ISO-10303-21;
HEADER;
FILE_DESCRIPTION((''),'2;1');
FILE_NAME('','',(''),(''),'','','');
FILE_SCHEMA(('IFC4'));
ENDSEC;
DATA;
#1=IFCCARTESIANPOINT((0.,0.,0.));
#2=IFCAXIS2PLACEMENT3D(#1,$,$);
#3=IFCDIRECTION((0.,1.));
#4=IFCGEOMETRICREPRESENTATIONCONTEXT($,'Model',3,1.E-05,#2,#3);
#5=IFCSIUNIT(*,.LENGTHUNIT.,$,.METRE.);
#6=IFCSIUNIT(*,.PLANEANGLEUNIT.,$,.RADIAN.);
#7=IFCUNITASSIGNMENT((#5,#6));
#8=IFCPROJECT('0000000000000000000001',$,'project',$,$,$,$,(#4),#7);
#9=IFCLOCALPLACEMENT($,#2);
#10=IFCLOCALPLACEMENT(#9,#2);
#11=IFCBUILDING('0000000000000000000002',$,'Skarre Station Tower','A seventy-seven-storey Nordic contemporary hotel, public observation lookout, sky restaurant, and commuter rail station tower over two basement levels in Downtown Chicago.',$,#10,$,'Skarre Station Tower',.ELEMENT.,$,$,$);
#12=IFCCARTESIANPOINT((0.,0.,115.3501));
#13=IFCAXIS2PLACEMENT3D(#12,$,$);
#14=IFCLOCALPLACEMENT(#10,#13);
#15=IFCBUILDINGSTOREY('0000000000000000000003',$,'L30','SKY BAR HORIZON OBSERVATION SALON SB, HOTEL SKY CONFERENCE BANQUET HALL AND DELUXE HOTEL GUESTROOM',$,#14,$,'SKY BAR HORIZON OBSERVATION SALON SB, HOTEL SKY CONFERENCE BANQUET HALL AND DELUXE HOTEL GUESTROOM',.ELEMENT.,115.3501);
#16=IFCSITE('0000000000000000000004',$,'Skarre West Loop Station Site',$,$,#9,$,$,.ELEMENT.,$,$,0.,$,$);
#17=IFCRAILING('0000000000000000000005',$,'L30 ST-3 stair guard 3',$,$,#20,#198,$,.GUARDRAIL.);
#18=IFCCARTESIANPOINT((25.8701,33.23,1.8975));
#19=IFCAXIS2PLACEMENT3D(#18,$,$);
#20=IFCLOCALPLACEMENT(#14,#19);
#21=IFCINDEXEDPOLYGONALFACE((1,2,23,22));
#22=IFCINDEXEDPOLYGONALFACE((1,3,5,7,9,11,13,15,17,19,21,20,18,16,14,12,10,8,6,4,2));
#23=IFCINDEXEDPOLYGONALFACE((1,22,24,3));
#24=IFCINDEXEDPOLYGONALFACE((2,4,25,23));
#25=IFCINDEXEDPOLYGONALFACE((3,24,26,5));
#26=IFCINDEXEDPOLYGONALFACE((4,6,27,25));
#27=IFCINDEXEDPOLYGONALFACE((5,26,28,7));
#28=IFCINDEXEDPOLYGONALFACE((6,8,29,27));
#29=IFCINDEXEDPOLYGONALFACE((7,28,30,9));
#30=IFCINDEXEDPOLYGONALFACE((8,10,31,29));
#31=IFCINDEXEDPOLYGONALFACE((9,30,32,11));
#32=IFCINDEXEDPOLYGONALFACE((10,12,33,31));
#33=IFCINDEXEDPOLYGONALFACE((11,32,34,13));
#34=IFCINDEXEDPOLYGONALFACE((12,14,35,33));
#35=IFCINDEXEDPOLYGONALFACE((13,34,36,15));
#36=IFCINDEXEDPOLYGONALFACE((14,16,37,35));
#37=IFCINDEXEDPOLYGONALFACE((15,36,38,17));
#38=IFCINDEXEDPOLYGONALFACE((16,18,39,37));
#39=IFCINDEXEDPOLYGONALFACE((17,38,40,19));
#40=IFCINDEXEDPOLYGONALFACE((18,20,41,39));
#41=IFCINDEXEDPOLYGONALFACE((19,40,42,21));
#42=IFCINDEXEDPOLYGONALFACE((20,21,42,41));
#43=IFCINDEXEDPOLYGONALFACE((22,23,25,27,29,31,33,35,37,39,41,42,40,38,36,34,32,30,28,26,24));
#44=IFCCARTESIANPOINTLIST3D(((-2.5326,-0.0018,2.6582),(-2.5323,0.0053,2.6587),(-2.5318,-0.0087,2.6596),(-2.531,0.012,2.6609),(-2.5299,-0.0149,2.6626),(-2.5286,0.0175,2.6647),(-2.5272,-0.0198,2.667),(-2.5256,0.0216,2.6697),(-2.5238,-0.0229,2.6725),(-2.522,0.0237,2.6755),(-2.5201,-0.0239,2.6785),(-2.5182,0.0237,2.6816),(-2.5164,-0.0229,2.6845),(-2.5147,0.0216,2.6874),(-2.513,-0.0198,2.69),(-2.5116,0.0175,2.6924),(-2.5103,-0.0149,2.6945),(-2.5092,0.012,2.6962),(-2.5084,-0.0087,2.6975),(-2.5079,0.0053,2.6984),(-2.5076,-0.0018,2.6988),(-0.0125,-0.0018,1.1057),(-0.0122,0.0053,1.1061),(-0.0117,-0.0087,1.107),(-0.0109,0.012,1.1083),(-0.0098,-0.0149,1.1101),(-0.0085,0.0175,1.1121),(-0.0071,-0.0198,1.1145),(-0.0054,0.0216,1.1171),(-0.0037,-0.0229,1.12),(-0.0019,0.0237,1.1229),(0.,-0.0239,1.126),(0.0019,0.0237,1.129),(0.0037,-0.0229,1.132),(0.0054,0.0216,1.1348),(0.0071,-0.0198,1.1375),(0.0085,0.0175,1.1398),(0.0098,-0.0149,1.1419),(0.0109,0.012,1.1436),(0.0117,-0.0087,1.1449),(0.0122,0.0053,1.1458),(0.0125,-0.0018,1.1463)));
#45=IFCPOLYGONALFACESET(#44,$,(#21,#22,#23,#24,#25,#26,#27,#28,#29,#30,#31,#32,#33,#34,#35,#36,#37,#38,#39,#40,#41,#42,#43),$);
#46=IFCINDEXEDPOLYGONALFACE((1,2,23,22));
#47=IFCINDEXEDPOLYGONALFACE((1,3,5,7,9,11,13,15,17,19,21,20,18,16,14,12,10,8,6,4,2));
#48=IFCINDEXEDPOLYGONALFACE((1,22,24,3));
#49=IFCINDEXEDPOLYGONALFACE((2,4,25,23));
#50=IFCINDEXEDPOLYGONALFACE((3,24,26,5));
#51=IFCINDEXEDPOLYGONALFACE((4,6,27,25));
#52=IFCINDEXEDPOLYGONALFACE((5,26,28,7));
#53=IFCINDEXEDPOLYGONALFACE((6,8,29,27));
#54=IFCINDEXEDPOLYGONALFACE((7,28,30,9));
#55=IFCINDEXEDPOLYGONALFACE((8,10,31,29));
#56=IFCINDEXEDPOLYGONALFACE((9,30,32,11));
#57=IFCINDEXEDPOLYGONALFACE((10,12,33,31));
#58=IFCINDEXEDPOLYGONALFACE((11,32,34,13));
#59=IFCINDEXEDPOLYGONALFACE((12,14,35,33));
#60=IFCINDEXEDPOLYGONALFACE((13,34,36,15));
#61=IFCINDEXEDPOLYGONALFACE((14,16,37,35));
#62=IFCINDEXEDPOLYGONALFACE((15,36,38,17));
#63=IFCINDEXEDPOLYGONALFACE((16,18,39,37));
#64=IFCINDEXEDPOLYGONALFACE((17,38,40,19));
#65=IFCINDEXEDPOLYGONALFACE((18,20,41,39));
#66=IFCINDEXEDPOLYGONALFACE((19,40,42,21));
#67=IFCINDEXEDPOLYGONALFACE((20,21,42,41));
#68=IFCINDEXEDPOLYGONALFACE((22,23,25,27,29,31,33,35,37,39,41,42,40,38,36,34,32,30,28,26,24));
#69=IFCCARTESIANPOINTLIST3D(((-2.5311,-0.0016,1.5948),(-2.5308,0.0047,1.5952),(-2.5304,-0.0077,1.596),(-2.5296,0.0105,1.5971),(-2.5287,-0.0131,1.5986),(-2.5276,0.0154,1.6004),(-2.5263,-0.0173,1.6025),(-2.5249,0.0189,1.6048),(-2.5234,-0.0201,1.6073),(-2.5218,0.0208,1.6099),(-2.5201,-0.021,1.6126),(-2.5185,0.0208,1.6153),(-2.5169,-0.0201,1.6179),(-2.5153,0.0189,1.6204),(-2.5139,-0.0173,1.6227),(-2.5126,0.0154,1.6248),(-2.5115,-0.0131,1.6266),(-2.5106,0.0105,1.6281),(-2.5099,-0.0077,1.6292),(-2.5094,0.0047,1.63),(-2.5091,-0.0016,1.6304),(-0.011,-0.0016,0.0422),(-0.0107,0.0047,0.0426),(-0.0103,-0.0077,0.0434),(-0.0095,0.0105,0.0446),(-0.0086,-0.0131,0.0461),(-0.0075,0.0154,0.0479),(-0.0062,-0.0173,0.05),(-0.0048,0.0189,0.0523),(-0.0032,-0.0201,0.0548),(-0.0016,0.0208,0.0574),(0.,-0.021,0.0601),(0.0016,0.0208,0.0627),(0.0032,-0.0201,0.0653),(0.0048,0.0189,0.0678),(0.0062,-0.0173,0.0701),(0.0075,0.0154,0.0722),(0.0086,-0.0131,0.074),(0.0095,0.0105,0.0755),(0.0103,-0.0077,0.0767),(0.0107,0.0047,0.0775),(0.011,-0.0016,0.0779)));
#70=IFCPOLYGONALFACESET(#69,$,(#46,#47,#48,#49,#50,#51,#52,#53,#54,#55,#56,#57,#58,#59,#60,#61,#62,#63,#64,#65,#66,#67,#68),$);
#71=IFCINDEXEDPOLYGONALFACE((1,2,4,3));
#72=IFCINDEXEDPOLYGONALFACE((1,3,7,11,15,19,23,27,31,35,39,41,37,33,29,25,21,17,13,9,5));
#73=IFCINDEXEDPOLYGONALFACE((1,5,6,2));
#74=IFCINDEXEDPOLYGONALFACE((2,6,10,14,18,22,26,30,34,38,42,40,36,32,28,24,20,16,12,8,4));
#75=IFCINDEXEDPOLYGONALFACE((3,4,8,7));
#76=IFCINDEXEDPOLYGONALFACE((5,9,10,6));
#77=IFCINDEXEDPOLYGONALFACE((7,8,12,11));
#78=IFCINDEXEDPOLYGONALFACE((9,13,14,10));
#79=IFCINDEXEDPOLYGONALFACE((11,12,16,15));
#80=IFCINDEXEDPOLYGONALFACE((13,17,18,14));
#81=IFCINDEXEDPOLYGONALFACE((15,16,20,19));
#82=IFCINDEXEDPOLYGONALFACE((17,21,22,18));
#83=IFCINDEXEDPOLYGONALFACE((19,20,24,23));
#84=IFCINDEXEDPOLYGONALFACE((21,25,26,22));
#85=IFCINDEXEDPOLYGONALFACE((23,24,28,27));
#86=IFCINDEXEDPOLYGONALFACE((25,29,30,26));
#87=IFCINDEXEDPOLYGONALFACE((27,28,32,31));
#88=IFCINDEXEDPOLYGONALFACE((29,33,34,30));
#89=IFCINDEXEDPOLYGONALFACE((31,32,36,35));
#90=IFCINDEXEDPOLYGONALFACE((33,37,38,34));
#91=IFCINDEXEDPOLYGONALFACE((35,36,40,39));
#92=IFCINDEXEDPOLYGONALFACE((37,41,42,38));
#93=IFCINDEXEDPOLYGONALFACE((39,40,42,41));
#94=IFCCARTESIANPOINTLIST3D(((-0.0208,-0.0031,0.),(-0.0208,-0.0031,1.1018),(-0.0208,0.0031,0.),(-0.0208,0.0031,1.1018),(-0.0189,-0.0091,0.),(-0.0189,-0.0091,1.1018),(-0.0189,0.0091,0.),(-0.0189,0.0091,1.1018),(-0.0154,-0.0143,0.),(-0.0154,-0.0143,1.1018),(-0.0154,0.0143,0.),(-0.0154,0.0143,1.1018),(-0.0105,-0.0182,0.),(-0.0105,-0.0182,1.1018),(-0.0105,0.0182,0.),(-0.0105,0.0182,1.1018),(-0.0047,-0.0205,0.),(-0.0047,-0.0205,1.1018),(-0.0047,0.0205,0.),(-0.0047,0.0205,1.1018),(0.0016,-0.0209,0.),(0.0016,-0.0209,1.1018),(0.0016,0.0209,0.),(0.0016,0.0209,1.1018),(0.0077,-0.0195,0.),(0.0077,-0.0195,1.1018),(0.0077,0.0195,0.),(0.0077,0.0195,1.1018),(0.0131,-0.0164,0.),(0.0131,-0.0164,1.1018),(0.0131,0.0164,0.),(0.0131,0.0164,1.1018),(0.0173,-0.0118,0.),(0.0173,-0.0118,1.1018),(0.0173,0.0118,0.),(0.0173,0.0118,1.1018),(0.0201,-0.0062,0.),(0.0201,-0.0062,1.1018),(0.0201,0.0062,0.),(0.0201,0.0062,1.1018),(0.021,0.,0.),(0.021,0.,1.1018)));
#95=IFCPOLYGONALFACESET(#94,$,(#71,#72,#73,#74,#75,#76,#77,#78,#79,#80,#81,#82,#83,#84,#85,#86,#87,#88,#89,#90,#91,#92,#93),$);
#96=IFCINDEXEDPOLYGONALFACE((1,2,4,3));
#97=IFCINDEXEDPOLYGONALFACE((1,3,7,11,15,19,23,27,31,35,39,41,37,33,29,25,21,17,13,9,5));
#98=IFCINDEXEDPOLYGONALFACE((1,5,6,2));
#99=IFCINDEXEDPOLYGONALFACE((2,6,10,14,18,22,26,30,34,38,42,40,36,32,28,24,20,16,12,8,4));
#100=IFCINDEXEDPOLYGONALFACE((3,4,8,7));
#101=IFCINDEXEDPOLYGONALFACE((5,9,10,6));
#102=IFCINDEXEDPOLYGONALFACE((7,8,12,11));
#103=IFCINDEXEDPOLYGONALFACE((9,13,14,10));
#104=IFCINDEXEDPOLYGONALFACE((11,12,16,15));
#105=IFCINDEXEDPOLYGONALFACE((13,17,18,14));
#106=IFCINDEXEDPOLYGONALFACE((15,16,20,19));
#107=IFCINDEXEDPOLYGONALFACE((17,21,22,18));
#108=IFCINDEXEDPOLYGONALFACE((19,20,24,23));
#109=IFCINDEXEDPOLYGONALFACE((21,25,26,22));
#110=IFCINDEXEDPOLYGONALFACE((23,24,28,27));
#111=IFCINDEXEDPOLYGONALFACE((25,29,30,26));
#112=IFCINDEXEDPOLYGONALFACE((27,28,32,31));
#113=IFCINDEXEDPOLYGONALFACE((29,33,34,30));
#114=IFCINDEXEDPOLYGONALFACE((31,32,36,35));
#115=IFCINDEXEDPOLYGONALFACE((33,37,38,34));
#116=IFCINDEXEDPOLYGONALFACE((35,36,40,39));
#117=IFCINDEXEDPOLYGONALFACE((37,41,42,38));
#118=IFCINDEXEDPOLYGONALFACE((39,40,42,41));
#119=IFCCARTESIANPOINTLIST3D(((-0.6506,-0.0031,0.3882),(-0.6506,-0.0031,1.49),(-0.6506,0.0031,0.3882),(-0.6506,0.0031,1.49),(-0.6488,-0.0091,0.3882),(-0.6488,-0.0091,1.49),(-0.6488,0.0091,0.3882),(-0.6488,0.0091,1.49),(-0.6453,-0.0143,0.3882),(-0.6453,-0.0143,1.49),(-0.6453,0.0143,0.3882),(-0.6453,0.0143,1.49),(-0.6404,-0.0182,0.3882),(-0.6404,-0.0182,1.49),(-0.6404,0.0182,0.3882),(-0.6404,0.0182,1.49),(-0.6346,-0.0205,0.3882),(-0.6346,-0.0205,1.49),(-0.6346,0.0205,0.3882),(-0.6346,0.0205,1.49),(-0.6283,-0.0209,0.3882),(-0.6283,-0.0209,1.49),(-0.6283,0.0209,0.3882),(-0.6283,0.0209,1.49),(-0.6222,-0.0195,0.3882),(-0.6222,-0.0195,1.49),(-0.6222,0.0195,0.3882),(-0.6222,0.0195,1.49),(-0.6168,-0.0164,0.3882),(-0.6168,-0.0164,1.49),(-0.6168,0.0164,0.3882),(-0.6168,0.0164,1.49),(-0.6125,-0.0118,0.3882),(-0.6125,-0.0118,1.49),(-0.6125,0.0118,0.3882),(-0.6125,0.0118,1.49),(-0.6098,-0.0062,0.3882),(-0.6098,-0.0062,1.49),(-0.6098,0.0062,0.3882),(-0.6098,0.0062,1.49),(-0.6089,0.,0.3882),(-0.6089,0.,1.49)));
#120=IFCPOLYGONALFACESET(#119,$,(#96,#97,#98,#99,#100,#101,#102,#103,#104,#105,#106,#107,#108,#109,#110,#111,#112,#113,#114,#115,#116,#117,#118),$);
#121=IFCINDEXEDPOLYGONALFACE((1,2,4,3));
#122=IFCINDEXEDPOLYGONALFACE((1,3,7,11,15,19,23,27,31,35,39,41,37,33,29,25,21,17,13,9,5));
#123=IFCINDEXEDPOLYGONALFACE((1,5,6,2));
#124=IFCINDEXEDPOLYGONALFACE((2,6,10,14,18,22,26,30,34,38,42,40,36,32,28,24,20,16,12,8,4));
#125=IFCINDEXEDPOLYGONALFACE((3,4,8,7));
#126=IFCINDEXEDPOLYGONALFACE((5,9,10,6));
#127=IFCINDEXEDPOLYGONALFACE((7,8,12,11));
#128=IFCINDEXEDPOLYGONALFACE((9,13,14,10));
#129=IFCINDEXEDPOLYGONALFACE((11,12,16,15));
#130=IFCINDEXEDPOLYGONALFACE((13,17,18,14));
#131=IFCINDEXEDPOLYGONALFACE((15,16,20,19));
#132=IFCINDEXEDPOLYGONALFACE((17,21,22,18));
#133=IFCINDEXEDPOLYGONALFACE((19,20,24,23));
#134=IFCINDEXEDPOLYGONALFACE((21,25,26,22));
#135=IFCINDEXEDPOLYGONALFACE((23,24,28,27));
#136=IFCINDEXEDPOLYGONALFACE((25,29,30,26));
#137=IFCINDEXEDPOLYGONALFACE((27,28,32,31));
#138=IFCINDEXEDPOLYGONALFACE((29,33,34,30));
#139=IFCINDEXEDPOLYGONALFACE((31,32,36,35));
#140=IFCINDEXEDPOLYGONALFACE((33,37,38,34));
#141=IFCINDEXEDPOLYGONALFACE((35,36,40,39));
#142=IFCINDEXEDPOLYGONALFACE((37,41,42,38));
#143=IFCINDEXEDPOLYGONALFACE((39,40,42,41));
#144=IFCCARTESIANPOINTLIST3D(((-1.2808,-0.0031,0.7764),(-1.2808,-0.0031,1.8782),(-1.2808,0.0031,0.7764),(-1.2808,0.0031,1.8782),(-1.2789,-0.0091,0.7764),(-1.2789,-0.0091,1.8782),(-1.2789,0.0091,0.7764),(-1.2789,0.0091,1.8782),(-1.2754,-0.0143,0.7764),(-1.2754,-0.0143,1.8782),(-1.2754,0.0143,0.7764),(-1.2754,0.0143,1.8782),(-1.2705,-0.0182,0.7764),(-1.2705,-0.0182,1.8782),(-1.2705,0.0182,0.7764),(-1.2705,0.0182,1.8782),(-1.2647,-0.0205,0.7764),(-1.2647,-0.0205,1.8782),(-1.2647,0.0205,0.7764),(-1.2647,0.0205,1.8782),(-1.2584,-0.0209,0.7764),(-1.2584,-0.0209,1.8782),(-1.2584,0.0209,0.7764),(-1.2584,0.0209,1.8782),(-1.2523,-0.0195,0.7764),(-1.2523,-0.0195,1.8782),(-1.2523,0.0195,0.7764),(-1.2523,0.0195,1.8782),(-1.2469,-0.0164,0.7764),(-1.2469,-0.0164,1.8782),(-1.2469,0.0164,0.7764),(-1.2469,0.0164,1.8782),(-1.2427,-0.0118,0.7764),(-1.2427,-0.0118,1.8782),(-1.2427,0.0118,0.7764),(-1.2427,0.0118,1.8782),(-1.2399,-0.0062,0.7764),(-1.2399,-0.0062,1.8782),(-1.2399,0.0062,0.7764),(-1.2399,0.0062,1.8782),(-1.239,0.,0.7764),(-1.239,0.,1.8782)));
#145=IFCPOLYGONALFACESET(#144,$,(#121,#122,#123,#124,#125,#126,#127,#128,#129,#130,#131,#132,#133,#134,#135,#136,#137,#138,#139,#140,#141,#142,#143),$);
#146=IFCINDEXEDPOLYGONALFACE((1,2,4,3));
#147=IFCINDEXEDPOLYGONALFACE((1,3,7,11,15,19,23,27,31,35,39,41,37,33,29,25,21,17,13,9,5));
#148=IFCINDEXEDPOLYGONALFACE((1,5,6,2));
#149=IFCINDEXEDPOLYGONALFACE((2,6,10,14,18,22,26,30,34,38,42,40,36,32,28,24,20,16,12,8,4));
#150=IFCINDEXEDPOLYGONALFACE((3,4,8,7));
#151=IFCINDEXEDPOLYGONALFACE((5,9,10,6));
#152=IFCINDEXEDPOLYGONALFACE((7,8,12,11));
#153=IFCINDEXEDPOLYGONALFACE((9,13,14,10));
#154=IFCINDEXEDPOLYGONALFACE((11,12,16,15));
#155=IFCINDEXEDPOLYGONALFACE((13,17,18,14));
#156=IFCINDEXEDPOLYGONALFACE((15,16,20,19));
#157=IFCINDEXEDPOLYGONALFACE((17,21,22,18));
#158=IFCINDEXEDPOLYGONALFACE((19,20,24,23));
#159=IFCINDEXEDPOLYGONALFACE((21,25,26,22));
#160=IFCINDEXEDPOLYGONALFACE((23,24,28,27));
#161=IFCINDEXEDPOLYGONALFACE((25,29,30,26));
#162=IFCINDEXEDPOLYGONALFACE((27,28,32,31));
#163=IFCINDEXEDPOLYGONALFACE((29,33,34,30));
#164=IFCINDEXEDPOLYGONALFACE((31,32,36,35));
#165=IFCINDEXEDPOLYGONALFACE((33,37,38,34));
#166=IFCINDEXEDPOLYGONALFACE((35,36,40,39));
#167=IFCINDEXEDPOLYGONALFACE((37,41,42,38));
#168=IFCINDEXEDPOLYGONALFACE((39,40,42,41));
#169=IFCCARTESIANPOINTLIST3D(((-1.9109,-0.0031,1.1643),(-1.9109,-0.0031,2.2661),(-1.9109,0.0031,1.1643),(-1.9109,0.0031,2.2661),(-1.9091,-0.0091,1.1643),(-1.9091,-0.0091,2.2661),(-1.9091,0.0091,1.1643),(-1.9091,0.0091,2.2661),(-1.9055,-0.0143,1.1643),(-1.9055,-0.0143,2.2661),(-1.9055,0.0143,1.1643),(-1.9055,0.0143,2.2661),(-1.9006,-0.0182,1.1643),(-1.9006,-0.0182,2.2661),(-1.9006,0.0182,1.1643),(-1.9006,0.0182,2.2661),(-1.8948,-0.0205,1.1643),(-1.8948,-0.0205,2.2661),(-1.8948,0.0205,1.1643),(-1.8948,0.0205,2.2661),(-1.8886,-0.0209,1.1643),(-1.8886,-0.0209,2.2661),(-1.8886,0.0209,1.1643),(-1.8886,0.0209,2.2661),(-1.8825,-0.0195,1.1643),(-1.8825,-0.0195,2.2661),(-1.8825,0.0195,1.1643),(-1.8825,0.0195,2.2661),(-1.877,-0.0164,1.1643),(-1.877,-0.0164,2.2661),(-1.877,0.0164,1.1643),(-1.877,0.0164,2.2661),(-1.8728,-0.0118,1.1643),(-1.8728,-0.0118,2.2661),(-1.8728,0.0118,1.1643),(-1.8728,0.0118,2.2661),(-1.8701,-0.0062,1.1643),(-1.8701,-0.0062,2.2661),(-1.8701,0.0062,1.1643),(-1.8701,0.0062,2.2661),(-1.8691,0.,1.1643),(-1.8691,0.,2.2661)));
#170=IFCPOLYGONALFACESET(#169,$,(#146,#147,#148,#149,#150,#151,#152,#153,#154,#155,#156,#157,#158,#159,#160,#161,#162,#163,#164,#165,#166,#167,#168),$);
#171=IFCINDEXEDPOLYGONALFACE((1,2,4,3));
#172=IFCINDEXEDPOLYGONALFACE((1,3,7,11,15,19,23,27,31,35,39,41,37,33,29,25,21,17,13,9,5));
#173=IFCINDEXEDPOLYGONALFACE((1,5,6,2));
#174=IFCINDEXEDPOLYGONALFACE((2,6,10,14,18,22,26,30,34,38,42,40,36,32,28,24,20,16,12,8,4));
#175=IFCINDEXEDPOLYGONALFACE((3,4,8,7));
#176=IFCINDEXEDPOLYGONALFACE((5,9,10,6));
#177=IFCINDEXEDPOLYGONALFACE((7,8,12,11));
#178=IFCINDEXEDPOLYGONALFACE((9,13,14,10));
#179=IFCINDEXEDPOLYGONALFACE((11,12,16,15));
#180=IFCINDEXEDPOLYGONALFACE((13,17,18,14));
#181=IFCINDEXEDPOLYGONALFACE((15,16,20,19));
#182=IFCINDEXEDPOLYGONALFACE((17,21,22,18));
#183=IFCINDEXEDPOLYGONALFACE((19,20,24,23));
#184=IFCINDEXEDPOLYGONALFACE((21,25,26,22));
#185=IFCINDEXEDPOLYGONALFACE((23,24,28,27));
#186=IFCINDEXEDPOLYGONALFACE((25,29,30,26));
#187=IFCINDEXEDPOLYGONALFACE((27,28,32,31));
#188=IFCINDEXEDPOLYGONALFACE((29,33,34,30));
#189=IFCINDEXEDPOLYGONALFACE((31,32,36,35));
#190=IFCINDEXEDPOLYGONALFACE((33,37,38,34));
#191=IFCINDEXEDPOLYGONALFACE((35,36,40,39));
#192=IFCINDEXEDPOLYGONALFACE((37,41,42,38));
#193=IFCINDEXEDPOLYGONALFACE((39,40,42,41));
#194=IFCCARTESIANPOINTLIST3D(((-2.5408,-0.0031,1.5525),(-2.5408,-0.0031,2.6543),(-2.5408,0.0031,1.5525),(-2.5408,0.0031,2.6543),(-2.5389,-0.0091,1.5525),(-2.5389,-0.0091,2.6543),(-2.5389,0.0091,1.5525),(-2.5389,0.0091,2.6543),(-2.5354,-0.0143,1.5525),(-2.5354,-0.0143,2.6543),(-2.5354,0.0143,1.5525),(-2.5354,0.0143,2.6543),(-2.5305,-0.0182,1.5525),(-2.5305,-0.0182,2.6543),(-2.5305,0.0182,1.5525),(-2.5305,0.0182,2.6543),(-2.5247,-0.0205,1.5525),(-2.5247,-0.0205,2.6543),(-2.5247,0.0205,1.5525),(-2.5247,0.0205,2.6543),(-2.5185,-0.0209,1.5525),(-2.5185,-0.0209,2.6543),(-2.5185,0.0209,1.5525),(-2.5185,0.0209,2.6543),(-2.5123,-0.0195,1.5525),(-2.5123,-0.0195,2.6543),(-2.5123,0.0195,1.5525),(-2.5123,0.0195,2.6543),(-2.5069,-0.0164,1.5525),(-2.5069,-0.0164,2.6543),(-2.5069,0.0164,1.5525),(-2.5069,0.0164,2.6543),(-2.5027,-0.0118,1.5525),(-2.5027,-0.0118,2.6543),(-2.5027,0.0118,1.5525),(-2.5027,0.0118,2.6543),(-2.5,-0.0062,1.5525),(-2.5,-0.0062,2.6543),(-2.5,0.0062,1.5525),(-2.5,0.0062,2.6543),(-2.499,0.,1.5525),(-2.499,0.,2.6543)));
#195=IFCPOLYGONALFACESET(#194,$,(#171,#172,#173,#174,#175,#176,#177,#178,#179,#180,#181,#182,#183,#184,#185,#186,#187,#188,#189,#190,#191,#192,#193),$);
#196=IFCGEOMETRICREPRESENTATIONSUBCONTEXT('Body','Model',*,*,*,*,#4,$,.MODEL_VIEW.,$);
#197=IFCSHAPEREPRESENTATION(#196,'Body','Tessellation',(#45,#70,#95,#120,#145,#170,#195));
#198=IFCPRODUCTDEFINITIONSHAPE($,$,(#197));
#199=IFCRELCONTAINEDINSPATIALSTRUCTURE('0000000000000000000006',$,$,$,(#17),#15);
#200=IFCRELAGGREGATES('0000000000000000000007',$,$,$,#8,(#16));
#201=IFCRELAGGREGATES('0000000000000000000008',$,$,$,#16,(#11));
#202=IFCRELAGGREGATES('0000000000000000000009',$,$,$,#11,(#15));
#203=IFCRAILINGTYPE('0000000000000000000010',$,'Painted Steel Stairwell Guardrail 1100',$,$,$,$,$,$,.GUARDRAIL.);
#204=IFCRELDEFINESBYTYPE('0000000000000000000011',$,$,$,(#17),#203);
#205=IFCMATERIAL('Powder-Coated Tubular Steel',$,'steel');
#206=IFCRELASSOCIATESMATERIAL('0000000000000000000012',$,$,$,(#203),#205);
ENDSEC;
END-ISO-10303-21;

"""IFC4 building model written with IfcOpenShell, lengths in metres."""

from ifc_helpers import new_model, si_unit, direction, frame, origin, origin_2d, place, context, subcontext, project, spatial, circle, extrude, material, type_object, element, save


model = new_model("IFC4")

# Units and contexts
model_context = context("Model", 3, precision=1e-05, world=origin(), true_north=direction((0.0, 1.0)))
body_context = subcontext(model_context, "Body", "Model", "MODEL_VIEW")
ifc_project = project(units=[si_unit("LENGTHUNIT", "METRE"), si_unit("PLANEANGLEUNIT", "RADIAN")], contexts=[model_context])

# Site, building, storey
site_placement = place(None, origin())
site = spatial("IfcSite", under=ifc_project, at=site_placement, Name="Skarre West Loop Station Site", CompositionType="ELEMENT", RefElevation=0.0)
building_placement = place(site_placement, origin())
building = spatial("IfcBuilding", under=site, at=building_placement, Name="Skarre Station Tower", Description="A seventy-seven-storey Nordic contemporary hotel, public observation lookout, sky restaurant, and commuter rail station tower over two basement levels in Downtown Chicago.", LongName="Skarre Station Tower", CompositionType="ELEMENT")
storey_placement = place(building_placement, frame((0.0, 0.0, 115.3501)))
storey = spatial("IfcBuildingStorey", under=building, at=storey_placement, Name="L30", Description="SKY BAR HORIZON OBSERVATION SALON SB, HOTEL SKY CONFERENCE BANQUET HALL AND DELUXE HOTEL GUESTROOM", LongName="SKY BAR HORIZON OBSERVATION SALON SB, HOTEL SKY CONFERENCE BANQUET HALL AND DELUXE HOTEL GUESTROOM", CompositionType="ELEMENT", Elevation=115.3501)

# Railing
ifc_material_1 = material(Name="Powder-Coated Tubular Steel", Category="steel")
railing_type_1 = type_object("IfcRailingType", Name="Painted Steel Stairwell Guardrail 1100", PredefinedType="GUARDRAIL", material=ifc_material_1)
railing_1_placement = place(storey_placement, frame((25.8701, 33.23, 1.8975)))
element("IfcRailing", 1, at=railing_1_placement, inside=storey, type_object=railing_type_1, Name="L30 ST-3 stair guard 3", PredefinedType="GUARDRAIL", context=body_context, shape_type="SweptSolid", body=[
    extrude(circle(Radius=0.0239, at=origin_2d()), frame((0.0, 0.0, 1.126), z_axis=(-0.8514, 0.0, 0.524516), x_axis=(0.0, -1.0, 0.0)), (0.0, 0.0, 1.0), 2.96),
    extrude(circle(Radius=0.021, at=origin_2d()), frame((0.0, 0.0, 0.0601), z_axis=(-0.8514, 0.0, 0.524516), x_axis=(0.0, -1.0, 0.0)), (0.0, 0.0, 1.0), 2.96),
    extrude(circle(Radius=0.021, at=origin_2d()), origin(), (0.0, 0.0, 1.0), 1.1018),
    extrude(circle(Radius=0.021, at=origin_2d()), frame((-0.6299, 0.0, 0.3882)), (0.0, 0.0, 1.0), 1.1018),
    extrude(circle(Radius=0.021, at=origin_2d()), frame((-1.26, 0.0, 0.7764)), (0.0, 0.0, 1.0), 1.1018),
    extrude(circle(Radius=0.021, at=origin_2d()), frame((-1.8901, 0.0, 1.1643)), (0.0, 0.0, 1.0), 1.1018),
    extrude(circle(Radius=0.021, at=origin_2d()), frame((-2.52, 0.0, 1.5525)), (0.0, 0.0, 1.0), 1.1018),
])

save(model, "model.ifc")
